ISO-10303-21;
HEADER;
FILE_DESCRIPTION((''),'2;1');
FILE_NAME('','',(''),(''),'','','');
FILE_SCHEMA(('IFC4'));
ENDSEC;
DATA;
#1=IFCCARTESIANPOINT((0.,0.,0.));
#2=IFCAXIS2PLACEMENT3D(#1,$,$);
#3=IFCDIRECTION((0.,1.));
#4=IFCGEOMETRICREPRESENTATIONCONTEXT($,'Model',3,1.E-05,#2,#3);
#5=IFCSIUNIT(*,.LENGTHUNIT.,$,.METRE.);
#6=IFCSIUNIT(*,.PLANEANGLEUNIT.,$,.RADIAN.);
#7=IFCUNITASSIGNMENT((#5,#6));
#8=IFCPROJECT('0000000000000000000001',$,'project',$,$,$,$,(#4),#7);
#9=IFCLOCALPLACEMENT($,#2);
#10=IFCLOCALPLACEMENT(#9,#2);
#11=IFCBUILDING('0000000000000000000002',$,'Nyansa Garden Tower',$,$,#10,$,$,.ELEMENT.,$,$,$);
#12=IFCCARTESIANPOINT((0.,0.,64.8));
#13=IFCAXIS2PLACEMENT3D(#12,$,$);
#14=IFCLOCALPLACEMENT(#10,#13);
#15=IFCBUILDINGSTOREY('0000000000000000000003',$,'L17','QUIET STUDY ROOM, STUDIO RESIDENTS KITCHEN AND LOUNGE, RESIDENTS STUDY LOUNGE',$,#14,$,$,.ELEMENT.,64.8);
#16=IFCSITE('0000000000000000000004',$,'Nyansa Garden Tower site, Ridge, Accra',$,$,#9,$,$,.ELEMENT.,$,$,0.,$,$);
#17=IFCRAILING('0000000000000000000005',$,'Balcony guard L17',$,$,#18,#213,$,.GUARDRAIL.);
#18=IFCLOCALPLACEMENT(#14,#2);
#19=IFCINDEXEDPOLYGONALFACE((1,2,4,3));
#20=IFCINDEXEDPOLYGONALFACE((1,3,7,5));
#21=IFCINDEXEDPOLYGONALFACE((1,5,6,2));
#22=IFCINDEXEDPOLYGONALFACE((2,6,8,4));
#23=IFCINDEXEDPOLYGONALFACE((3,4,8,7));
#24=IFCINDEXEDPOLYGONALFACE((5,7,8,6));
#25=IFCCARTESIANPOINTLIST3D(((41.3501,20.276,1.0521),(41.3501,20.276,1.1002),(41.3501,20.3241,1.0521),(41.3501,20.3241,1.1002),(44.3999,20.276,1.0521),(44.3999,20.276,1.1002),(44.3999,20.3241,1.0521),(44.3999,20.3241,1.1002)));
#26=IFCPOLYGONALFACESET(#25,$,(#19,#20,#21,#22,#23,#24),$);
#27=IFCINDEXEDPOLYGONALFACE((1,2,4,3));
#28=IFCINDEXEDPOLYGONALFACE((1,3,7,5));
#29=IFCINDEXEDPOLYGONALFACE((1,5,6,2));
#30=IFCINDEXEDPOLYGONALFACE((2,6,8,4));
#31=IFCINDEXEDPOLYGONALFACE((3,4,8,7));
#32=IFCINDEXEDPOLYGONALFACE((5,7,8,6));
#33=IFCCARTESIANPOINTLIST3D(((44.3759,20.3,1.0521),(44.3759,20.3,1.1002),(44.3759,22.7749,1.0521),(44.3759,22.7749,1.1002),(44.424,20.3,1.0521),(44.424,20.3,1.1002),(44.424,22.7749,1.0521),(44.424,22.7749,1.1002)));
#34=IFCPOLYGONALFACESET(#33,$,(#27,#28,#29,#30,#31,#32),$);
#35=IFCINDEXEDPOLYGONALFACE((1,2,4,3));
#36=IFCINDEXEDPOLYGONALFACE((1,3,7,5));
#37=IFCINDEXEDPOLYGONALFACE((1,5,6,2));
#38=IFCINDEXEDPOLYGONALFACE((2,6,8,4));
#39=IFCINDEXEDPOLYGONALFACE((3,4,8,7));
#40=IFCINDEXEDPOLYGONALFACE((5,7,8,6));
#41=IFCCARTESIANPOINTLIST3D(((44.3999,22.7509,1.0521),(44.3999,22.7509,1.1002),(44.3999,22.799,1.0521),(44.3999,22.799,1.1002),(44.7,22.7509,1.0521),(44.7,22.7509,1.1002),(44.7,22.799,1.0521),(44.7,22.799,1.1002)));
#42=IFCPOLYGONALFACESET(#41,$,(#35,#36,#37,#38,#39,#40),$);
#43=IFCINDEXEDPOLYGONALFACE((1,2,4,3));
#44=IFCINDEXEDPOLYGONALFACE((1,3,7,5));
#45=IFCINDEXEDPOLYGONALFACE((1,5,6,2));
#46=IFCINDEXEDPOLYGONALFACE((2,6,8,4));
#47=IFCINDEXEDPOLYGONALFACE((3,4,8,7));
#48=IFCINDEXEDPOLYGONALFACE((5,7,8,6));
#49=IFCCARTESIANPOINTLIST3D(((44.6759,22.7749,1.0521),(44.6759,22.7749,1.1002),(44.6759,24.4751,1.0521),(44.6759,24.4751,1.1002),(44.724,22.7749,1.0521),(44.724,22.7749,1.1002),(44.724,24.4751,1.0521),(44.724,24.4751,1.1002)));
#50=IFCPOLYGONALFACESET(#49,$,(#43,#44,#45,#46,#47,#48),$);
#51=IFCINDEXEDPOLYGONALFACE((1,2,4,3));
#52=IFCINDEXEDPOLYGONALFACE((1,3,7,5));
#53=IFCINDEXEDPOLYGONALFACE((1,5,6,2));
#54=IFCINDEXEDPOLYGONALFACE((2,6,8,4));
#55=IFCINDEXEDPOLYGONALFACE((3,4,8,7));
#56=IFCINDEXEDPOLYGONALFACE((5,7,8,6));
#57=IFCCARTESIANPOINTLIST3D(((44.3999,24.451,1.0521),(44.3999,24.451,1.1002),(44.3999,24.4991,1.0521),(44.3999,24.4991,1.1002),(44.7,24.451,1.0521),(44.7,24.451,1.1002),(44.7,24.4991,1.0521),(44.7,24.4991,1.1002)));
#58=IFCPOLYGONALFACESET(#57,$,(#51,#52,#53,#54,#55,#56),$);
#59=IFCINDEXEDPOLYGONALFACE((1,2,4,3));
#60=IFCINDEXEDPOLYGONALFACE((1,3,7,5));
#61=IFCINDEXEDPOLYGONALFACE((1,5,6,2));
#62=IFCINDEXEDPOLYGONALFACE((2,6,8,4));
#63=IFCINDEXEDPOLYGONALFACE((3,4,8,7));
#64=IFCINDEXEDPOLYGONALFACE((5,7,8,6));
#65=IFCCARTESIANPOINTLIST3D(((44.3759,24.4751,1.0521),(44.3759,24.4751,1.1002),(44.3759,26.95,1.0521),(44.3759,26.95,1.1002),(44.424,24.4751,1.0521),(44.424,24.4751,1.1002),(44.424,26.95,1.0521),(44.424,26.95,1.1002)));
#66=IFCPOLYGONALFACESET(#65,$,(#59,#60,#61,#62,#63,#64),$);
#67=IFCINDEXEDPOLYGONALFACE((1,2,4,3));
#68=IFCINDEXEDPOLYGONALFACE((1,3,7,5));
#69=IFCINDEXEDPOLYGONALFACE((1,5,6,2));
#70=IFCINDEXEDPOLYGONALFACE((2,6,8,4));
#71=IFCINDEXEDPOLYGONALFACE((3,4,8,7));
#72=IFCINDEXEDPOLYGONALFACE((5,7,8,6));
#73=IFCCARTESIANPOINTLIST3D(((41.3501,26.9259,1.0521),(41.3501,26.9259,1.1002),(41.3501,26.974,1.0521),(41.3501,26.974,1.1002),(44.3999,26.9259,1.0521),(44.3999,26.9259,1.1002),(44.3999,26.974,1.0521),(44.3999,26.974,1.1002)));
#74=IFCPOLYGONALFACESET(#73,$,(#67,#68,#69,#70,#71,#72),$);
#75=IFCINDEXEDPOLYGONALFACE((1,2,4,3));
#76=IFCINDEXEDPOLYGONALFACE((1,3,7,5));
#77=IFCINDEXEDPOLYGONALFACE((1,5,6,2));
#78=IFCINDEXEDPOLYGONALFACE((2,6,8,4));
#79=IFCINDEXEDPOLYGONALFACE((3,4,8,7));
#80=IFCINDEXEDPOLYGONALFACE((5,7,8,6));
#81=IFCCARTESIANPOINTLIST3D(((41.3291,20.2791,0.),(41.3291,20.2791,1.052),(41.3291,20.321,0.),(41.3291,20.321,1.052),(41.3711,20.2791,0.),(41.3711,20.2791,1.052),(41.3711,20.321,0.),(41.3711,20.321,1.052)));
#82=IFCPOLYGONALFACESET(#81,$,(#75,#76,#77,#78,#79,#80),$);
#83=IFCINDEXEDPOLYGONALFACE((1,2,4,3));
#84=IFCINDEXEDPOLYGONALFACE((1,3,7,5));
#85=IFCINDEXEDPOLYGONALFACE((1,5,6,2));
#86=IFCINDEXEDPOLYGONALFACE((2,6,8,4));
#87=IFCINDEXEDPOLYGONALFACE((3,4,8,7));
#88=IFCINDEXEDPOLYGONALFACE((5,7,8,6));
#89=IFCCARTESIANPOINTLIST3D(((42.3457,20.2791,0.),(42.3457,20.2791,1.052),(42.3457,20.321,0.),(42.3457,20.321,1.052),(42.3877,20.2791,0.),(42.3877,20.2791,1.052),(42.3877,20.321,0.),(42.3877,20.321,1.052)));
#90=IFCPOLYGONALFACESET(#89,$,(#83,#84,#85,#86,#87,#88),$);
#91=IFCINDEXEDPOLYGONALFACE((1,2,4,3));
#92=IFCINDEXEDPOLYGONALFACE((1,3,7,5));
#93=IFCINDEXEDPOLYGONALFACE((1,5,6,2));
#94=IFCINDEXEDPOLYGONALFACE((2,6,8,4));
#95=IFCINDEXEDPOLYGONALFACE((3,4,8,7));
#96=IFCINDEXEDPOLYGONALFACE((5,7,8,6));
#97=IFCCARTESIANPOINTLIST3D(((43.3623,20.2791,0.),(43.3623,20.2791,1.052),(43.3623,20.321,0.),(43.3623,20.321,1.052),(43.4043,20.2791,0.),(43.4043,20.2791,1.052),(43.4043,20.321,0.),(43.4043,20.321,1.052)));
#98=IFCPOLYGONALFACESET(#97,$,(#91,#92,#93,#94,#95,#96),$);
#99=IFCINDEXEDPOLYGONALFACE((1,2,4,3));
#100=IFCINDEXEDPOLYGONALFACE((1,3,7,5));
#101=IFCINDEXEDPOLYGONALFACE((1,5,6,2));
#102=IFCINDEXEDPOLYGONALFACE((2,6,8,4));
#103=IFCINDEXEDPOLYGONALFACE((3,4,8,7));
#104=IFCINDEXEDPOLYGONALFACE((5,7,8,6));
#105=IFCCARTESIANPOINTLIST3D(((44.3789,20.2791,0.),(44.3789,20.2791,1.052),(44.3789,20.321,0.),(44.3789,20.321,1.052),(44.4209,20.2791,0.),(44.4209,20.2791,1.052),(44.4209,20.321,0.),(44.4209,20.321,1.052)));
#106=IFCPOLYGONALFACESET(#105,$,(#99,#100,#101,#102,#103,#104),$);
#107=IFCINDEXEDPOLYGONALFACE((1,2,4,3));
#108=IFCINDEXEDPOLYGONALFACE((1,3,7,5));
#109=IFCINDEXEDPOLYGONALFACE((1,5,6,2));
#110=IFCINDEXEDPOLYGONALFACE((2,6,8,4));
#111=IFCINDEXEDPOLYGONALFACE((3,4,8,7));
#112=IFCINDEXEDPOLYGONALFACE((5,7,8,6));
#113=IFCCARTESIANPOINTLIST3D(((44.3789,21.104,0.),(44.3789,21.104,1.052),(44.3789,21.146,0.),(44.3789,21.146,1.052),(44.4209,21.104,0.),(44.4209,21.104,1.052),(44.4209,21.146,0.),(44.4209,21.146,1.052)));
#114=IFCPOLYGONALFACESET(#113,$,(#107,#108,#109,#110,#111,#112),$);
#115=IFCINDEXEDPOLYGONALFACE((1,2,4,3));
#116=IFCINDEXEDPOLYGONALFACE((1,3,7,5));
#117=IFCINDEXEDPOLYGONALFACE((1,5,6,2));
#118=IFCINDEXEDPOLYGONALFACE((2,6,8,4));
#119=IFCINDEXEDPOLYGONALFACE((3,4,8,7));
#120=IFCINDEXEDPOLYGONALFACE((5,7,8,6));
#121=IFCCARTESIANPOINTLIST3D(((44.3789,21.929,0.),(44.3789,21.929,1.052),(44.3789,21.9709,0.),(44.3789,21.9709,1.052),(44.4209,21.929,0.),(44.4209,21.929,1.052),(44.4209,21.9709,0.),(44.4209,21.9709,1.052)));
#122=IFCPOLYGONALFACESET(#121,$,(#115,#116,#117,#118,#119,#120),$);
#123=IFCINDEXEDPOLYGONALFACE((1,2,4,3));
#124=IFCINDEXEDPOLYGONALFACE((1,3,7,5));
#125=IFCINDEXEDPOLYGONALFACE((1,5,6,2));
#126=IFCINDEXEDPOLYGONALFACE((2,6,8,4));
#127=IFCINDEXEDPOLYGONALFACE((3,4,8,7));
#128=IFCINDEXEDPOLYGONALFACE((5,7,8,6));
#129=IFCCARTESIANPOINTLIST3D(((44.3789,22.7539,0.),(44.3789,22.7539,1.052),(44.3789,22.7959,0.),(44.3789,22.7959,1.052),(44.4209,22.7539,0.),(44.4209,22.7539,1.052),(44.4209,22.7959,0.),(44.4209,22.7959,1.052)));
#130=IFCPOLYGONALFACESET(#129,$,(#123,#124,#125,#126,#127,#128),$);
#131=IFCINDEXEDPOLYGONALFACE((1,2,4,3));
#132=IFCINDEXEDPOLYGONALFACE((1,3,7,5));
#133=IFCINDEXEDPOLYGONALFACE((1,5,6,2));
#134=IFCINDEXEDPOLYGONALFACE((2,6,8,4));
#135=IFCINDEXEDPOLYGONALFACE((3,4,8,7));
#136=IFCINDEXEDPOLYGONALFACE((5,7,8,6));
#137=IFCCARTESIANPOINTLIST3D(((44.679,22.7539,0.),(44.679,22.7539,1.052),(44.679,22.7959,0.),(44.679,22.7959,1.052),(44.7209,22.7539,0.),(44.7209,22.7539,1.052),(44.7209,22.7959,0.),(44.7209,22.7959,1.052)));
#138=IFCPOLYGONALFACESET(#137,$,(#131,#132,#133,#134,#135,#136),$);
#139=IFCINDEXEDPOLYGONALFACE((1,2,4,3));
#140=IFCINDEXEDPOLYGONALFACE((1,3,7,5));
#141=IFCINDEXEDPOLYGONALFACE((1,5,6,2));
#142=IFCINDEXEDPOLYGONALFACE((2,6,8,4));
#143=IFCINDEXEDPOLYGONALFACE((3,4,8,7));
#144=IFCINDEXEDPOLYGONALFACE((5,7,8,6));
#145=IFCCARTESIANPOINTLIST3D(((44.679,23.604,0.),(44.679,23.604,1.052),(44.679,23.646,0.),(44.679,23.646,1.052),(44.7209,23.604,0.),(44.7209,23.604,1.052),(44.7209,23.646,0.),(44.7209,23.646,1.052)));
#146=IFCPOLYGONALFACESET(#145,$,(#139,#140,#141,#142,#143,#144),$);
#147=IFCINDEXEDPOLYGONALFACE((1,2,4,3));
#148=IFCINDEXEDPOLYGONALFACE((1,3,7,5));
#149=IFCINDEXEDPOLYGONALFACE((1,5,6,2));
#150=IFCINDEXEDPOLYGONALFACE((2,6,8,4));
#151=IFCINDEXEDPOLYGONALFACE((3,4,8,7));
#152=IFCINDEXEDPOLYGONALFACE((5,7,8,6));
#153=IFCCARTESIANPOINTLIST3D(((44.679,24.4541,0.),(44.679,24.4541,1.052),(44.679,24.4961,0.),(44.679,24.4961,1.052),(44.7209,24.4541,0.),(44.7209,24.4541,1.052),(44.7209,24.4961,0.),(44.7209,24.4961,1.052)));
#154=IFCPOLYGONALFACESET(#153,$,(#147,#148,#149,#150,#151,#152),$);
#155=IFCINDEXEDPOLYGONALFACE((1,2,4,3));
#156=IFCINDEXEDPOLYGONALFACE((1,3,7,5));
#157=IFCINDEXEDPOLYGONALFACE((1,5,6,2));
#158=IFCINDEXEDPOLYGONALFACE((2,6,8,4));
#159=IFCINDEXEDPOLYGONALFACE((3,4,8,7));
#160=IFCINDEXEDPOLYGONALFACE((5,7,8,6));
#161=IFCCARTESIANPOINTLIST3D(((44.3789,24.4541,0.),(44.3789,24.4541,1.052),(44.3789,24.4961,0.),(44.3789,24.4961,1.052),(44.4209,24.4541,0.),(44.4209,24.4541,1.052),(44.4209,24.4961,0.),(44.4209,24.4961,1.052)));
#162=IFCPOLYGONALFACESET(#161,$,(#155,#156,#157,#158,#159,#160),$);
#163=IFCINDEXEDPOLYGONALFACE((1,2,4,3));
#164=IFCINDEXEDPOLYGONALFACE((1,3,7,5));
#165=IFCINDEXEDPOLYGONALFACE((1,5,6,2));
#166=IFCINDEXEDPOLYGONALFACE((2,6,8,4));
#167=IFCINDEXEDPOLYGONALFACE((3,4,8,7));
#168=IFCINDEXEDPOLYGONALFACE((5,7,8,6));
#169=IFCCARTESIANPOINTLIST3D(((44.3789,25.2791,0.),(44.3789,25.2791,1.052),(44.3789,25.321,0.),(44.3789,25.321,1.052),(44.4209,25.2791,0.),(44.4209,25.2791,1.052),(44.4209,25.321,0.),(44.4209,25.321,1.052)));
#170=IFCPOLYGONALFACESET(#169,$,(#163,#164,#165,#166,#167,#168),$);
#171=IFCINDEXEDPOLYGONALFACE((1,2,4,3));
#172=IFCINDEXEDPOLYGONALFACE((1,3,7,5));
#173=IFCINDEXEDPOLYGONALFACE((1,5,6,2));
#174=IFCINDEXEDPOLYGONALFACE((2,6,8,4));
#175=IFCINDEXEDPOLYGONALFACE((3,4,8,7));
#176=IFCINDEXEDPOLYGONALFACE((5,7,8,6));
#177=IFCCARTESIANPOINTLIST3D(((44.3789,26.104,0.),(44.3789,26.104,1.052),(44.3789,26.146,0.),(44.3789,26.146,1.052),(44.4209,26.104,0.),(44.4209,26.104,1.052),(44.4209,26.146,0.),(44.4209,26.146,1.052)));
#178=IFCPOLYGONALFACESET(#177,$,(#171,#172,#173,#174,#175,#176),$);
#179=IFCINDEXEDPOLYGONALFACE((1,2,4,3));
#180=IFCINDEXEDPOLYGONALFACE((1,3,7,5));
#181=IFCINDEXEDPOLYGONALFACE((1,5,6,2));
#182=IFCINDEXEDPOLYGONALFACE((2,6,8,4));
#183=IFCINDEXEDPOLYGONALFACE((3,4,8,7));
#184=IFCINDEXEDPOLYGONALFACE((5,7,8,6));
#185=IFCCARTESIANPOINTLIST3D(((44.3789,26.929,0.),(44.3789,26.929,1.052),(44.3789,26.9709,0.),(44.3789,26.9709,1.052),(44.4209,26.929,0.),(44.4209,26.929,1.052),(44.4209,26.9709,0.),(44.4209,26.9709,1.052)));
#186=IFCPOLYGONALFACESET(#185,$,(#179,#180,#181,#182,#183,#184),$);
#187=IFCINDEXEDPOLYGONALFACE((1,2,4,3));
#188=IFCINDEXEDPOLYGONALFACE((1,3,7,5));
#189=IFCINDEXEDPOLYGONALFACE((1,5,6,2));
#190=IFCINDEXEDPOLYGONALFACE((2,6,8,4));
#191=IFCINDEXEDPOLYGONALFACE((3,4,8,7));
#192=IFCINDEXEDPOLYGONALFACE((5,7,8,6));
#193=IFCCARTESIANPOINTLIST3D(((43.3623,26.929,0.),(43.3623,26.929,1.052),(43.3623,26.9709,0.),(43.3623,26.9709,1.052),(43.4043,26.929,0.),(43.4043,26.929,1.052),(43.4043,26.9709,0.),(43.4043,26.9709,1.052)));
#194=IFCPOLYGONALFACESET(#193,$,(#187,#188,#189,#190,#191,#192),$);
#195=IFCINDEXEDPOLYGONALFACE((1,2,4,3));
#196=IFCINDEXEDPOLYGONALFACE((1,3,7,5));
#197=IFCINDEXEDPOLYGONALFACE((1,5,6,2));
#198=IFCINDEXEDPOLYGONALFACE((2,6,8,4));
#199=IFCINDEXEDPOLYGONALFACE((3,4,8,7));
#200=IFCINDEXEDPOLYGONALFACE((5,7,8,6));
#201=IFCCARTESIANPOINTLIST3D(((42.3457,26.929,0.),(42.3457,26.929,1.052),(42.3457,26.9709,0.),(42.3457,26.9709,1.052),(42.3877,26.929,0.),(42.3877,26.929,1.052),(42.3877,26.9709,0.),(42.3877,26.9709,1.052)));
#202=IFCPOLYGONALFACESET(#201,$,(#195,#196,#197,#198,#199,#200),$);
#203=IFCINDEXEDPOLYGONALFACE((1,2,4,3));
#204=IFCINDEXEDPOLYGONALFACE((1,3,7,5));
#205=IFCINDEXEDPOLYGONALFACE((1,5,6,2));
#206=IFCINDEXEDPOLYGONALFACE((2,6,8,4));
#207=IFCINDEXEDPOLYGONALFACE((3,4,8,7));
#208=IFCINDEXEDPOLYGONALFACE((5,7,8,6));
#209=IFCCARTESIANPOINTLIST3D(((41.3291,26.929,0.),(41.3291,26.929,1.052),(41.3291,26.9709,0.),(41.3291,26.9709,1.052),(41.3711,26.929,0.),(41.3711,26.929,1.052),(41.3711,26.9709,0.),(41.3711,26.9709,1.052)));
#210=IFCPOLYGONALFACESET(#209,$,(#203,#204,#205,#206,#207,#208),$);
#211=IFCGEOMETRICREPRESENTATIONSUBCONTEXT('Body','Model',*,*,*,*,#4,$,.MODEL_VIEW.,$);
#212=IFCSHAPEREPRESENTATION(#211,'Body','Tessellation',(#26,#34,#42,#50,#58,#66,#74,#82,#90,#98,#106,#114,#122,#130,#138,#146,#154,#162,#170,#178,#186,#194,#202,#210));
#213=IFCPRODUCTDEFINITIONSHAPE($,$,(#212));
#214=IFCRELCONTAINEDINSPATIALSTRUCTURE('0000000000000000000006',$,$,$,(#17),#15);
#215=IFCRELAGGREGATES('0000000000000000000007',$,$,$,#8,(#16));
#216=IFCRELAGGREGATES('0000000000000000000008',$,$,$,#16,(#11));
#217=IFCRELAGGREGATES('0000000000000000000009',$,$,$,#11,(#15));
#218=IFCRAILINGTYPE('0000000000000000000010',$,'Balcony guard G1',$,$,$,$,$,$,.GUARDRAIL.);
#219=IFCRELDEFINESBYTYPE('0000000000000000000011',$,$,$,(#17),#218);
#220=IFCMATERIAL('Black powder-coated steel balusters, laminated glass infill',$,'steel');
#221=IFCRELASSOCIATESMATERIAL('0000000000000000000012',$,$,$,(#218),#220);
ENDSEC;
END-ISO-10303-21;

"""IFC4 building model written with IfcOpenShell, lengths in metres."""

from ifc_helpers import new_model, si_unit, direction, frame, origin, origin_2d, place, context, subcontext, project, spatial, rectangle, extrude, material, type_object, element, save


model = new_model("IFC4")

# Units and contexts
model_context = context("Model", 3, precision=1e-05, world=origin(), true_north=direction((0.0, 1.0)))
body_context = subcontext(model_context, "Body", "Model", "MODEL_VIEW")
ifc_project = project(units=[si_unit("LENGTHUNIT", "METRE"), si_unit("PLANEANGLEUNIT", "RADIAN")], contexts=[model_context])

# Site, building, storey
site_placement = place(None, origin())
site = spatial("IfcSite", under=ifc_project, at=site_placement, Name="Nyansa Garden Tower site, Ridge, Accra", CompositionType="ELEMENT", RefElevation=0.0)
building_placement = place(site_placement, origin())
building = spatial("IfcBuilding", under=site, at=building_placement, Name="Nyansa Garden Tower", CompositionType="ELEMENT")
storey_placement = place(building_placement, frame((0.0, 0.0, 64.8)))
storey = spatial("IfcBuildingStorey", under=building, at=storey_placement, Name="L17", Description="QUIET STUDY ROOM, STUDIO RESIDENTS KITCHEN AND LOUNGE, RESIDENTS STUDY LOUNGE", CompositionType="ELEMENT", Elevation=64.8)

# Railing
ifc_material_1 = material(Name="Black powder-coated steel balusters, laminated glass infill", Category="steel")
railing_type = type_object("IfcRailingType", Name="Balcony guard G1", PredefinedType="GUARDRAIL", material=ifc_material_1)
railing_placement = place(storey_placement, frame((41.3501, 20.3, 0.0)))
element("IfcRailing", 1, at=railing_placement, inside=storey, type_object=railing_type, Name="Balcony guard L17", PredefinedType="GUARDRAIL", context=body_context, shape_type="SweptSolid", body=[
    extrude(rectangle(XDim=0.0481, YDim=0.0481, at=origin_2d()), frame((0.0, 0.0, 1.0762), z_axis=(1.0, 0.0, 0.0), x_axis=(0.0, 1.0, 0.0)), (0.0, 0.0, 1.0), 3.0498),
    extrude(rectangle(XDim=0.0481, YDim=0.0481, at=origin_2d()), frame((3.0498, 0.0, 1.0762), z_axis=(0.0, 1.0, 0.0), x_axis=(-1.0, 0.0, 0.0)), (0.0, 0.0, 1.0), 2.4749),
    extrude(rectangle(XDim=0.0481, YDim=0.0481, at=origin_2d()), frame((3.0498, 2.4749, 1.0762), z_axis=(1.0, 0.0, 0.0), x_axis=(0.0, 1.0, 0.0)), (0.0, 0.0, 1.0), 0.3),
    extrude(rectangle(XDim=0.0481, YDim=0.0481, at=origin_2d()), frame((3.3499, 2.4749, 1.0762), z_axis=(0.0, 1.0, 0.0), x_axis=(-1.0, 0.0, 0.0)), (0.0, 0.0, 1.0), 1.7002),
    extrude(rectangle(XDim=0.0481, YDim=0.0481, at=origin_2d()), frame((3.3499, 4.175, 1.0762), z_axis=(-1.0, 0.0, 0.0), x_axis=(0.0, -1.0, 0.0)), (0.0, 0.0, 1.0), 0.3),
    extrude(rectangle(XDim=0.0481, YDim=0.0481, at=origin_2d()), frame((3.0498, 4.175, 1.0762), z_axis=(0.0, 1.0, 0.0), x_axis=(-1.0, 0.0, 0.0)), (0.0, 0.0, 1.0), 2.4749),
    extrude(rectangle(XDim=0.0481, YDim=0.0481, at=origin_2d()), frame((3.0498, 6.6499, 1.0762), z_axis=(-1.0, 0.0, 0.0), x_axis=(0.0, -1.0, 0.0)), (0.0, 0.0, 1.0), 3.0498),
    extrude(rectangle(XDim=0.042, YDim=0.042, at=origin_2d()), origin(), (0.0, 0.0, 1.0), 1.052),
    extrude(rectangle(XDim=0.042, YDim=0.042, at=origin_2d()), frame((1.0166, 0.0, 0.0)), (0.0, 0.0, 1.0), 1.052),
    extrude(rectangle(XDim=0.042, YDim=0.042, at=origin_2d()), frame((2.0332, 0.0, 0.0)), (0.0, 0.0, 1.0), 1.052),
    extrude(rectangle(XDim=0.042, YDim=0.042, at=origin_2d()), frame((3.0498, 0.0, 0.0)), (0.0, 0.0, 1.0), 1.052),
    extrude(rectangle(XDim=0.042, YDim=0.042, at=origin_2d()), frame((3.0498, 0.825, 0.0)), (0.0, 0.0, 1.0), 1.052),
    extrude(rectangle(XDim=0.042, YDim=0.042, at=origin_2d()), frame((3.0498, 1.6499, 0.0)), (0.0, 0.0, 1.0), 1.052),
    extrude(rectangle(XDim=0.042, YDim=0.042, at=origin_2d()), frame((3.0498, 2.4749, 0.0)), (0.0, 0.0, 1.0), 1.052),
    extrude(rectangle(XDim=0.042, YDim=0.042, at=origin_2d()), frame((3.3499, 2.4749, 0.0)), (0.0, 0.0, 1.0), 1.052),
    extrude(rectangle(XDim=0.042, YDim=0.042, at=origin_2d()), frame((3.3499, 3.325, 0.0)), (0.0, 0.0, 1.0), 1.052),
    extrude(rectangle(XDim=0.042, YDim=0.042, at=origin_2d()), frame((3.3499, 4.175, 0.0)), (0.0, 0.0, 1.0), 1.052),
    extrude(rectangle(XDim=0.042, YDim=0.042, at=origin_2d()), frame((3.0498, 4.175, 0.0)), (0.0, 0.0, 1.0), 1.052),
    extrude(rectangle(XDim=0.042, YDim=0.042, at=origin_2d()), frame((3.0498, 5.0, 0.0)), (0.0, 0.0, 1.0), 1.052),
    extrude(rectangle(XDim=0.042, YDim=0.042, at=origin_2d()), frame((3.0498, 5.825, 0.0)), (0.0, 0.0, 1.0), 1.052),
    extrude(rectangle(XDim=0.042, YDim=0.042, at=origin_2d()), frame((3.0498, 6.6499, 0.0)), (0.0, 0.0, 1.0), 1.052),
    extrude(rectangle(XDim=0.042, YDim=0.042, at=origin_2d()), frame((2.0332, 6.6499, 0.0)), (0.0, 0.0, 1.0), 1.052),
    extrude(rectangle(XDim=0.042, YDim=0.042, at=origin_2d()), frame((1.0166, 6.6499, 0.0)), (0.0, 0.0, 1.0), 1.052),
    extrude(rectangle(XDim=0.042, YDim=0.042, at=origin_2d()), frame((0.0, 6.6499, 0.0)), (0.0, 0.0, 1.0), 1.052),
])

save(model, "model.ifc")
